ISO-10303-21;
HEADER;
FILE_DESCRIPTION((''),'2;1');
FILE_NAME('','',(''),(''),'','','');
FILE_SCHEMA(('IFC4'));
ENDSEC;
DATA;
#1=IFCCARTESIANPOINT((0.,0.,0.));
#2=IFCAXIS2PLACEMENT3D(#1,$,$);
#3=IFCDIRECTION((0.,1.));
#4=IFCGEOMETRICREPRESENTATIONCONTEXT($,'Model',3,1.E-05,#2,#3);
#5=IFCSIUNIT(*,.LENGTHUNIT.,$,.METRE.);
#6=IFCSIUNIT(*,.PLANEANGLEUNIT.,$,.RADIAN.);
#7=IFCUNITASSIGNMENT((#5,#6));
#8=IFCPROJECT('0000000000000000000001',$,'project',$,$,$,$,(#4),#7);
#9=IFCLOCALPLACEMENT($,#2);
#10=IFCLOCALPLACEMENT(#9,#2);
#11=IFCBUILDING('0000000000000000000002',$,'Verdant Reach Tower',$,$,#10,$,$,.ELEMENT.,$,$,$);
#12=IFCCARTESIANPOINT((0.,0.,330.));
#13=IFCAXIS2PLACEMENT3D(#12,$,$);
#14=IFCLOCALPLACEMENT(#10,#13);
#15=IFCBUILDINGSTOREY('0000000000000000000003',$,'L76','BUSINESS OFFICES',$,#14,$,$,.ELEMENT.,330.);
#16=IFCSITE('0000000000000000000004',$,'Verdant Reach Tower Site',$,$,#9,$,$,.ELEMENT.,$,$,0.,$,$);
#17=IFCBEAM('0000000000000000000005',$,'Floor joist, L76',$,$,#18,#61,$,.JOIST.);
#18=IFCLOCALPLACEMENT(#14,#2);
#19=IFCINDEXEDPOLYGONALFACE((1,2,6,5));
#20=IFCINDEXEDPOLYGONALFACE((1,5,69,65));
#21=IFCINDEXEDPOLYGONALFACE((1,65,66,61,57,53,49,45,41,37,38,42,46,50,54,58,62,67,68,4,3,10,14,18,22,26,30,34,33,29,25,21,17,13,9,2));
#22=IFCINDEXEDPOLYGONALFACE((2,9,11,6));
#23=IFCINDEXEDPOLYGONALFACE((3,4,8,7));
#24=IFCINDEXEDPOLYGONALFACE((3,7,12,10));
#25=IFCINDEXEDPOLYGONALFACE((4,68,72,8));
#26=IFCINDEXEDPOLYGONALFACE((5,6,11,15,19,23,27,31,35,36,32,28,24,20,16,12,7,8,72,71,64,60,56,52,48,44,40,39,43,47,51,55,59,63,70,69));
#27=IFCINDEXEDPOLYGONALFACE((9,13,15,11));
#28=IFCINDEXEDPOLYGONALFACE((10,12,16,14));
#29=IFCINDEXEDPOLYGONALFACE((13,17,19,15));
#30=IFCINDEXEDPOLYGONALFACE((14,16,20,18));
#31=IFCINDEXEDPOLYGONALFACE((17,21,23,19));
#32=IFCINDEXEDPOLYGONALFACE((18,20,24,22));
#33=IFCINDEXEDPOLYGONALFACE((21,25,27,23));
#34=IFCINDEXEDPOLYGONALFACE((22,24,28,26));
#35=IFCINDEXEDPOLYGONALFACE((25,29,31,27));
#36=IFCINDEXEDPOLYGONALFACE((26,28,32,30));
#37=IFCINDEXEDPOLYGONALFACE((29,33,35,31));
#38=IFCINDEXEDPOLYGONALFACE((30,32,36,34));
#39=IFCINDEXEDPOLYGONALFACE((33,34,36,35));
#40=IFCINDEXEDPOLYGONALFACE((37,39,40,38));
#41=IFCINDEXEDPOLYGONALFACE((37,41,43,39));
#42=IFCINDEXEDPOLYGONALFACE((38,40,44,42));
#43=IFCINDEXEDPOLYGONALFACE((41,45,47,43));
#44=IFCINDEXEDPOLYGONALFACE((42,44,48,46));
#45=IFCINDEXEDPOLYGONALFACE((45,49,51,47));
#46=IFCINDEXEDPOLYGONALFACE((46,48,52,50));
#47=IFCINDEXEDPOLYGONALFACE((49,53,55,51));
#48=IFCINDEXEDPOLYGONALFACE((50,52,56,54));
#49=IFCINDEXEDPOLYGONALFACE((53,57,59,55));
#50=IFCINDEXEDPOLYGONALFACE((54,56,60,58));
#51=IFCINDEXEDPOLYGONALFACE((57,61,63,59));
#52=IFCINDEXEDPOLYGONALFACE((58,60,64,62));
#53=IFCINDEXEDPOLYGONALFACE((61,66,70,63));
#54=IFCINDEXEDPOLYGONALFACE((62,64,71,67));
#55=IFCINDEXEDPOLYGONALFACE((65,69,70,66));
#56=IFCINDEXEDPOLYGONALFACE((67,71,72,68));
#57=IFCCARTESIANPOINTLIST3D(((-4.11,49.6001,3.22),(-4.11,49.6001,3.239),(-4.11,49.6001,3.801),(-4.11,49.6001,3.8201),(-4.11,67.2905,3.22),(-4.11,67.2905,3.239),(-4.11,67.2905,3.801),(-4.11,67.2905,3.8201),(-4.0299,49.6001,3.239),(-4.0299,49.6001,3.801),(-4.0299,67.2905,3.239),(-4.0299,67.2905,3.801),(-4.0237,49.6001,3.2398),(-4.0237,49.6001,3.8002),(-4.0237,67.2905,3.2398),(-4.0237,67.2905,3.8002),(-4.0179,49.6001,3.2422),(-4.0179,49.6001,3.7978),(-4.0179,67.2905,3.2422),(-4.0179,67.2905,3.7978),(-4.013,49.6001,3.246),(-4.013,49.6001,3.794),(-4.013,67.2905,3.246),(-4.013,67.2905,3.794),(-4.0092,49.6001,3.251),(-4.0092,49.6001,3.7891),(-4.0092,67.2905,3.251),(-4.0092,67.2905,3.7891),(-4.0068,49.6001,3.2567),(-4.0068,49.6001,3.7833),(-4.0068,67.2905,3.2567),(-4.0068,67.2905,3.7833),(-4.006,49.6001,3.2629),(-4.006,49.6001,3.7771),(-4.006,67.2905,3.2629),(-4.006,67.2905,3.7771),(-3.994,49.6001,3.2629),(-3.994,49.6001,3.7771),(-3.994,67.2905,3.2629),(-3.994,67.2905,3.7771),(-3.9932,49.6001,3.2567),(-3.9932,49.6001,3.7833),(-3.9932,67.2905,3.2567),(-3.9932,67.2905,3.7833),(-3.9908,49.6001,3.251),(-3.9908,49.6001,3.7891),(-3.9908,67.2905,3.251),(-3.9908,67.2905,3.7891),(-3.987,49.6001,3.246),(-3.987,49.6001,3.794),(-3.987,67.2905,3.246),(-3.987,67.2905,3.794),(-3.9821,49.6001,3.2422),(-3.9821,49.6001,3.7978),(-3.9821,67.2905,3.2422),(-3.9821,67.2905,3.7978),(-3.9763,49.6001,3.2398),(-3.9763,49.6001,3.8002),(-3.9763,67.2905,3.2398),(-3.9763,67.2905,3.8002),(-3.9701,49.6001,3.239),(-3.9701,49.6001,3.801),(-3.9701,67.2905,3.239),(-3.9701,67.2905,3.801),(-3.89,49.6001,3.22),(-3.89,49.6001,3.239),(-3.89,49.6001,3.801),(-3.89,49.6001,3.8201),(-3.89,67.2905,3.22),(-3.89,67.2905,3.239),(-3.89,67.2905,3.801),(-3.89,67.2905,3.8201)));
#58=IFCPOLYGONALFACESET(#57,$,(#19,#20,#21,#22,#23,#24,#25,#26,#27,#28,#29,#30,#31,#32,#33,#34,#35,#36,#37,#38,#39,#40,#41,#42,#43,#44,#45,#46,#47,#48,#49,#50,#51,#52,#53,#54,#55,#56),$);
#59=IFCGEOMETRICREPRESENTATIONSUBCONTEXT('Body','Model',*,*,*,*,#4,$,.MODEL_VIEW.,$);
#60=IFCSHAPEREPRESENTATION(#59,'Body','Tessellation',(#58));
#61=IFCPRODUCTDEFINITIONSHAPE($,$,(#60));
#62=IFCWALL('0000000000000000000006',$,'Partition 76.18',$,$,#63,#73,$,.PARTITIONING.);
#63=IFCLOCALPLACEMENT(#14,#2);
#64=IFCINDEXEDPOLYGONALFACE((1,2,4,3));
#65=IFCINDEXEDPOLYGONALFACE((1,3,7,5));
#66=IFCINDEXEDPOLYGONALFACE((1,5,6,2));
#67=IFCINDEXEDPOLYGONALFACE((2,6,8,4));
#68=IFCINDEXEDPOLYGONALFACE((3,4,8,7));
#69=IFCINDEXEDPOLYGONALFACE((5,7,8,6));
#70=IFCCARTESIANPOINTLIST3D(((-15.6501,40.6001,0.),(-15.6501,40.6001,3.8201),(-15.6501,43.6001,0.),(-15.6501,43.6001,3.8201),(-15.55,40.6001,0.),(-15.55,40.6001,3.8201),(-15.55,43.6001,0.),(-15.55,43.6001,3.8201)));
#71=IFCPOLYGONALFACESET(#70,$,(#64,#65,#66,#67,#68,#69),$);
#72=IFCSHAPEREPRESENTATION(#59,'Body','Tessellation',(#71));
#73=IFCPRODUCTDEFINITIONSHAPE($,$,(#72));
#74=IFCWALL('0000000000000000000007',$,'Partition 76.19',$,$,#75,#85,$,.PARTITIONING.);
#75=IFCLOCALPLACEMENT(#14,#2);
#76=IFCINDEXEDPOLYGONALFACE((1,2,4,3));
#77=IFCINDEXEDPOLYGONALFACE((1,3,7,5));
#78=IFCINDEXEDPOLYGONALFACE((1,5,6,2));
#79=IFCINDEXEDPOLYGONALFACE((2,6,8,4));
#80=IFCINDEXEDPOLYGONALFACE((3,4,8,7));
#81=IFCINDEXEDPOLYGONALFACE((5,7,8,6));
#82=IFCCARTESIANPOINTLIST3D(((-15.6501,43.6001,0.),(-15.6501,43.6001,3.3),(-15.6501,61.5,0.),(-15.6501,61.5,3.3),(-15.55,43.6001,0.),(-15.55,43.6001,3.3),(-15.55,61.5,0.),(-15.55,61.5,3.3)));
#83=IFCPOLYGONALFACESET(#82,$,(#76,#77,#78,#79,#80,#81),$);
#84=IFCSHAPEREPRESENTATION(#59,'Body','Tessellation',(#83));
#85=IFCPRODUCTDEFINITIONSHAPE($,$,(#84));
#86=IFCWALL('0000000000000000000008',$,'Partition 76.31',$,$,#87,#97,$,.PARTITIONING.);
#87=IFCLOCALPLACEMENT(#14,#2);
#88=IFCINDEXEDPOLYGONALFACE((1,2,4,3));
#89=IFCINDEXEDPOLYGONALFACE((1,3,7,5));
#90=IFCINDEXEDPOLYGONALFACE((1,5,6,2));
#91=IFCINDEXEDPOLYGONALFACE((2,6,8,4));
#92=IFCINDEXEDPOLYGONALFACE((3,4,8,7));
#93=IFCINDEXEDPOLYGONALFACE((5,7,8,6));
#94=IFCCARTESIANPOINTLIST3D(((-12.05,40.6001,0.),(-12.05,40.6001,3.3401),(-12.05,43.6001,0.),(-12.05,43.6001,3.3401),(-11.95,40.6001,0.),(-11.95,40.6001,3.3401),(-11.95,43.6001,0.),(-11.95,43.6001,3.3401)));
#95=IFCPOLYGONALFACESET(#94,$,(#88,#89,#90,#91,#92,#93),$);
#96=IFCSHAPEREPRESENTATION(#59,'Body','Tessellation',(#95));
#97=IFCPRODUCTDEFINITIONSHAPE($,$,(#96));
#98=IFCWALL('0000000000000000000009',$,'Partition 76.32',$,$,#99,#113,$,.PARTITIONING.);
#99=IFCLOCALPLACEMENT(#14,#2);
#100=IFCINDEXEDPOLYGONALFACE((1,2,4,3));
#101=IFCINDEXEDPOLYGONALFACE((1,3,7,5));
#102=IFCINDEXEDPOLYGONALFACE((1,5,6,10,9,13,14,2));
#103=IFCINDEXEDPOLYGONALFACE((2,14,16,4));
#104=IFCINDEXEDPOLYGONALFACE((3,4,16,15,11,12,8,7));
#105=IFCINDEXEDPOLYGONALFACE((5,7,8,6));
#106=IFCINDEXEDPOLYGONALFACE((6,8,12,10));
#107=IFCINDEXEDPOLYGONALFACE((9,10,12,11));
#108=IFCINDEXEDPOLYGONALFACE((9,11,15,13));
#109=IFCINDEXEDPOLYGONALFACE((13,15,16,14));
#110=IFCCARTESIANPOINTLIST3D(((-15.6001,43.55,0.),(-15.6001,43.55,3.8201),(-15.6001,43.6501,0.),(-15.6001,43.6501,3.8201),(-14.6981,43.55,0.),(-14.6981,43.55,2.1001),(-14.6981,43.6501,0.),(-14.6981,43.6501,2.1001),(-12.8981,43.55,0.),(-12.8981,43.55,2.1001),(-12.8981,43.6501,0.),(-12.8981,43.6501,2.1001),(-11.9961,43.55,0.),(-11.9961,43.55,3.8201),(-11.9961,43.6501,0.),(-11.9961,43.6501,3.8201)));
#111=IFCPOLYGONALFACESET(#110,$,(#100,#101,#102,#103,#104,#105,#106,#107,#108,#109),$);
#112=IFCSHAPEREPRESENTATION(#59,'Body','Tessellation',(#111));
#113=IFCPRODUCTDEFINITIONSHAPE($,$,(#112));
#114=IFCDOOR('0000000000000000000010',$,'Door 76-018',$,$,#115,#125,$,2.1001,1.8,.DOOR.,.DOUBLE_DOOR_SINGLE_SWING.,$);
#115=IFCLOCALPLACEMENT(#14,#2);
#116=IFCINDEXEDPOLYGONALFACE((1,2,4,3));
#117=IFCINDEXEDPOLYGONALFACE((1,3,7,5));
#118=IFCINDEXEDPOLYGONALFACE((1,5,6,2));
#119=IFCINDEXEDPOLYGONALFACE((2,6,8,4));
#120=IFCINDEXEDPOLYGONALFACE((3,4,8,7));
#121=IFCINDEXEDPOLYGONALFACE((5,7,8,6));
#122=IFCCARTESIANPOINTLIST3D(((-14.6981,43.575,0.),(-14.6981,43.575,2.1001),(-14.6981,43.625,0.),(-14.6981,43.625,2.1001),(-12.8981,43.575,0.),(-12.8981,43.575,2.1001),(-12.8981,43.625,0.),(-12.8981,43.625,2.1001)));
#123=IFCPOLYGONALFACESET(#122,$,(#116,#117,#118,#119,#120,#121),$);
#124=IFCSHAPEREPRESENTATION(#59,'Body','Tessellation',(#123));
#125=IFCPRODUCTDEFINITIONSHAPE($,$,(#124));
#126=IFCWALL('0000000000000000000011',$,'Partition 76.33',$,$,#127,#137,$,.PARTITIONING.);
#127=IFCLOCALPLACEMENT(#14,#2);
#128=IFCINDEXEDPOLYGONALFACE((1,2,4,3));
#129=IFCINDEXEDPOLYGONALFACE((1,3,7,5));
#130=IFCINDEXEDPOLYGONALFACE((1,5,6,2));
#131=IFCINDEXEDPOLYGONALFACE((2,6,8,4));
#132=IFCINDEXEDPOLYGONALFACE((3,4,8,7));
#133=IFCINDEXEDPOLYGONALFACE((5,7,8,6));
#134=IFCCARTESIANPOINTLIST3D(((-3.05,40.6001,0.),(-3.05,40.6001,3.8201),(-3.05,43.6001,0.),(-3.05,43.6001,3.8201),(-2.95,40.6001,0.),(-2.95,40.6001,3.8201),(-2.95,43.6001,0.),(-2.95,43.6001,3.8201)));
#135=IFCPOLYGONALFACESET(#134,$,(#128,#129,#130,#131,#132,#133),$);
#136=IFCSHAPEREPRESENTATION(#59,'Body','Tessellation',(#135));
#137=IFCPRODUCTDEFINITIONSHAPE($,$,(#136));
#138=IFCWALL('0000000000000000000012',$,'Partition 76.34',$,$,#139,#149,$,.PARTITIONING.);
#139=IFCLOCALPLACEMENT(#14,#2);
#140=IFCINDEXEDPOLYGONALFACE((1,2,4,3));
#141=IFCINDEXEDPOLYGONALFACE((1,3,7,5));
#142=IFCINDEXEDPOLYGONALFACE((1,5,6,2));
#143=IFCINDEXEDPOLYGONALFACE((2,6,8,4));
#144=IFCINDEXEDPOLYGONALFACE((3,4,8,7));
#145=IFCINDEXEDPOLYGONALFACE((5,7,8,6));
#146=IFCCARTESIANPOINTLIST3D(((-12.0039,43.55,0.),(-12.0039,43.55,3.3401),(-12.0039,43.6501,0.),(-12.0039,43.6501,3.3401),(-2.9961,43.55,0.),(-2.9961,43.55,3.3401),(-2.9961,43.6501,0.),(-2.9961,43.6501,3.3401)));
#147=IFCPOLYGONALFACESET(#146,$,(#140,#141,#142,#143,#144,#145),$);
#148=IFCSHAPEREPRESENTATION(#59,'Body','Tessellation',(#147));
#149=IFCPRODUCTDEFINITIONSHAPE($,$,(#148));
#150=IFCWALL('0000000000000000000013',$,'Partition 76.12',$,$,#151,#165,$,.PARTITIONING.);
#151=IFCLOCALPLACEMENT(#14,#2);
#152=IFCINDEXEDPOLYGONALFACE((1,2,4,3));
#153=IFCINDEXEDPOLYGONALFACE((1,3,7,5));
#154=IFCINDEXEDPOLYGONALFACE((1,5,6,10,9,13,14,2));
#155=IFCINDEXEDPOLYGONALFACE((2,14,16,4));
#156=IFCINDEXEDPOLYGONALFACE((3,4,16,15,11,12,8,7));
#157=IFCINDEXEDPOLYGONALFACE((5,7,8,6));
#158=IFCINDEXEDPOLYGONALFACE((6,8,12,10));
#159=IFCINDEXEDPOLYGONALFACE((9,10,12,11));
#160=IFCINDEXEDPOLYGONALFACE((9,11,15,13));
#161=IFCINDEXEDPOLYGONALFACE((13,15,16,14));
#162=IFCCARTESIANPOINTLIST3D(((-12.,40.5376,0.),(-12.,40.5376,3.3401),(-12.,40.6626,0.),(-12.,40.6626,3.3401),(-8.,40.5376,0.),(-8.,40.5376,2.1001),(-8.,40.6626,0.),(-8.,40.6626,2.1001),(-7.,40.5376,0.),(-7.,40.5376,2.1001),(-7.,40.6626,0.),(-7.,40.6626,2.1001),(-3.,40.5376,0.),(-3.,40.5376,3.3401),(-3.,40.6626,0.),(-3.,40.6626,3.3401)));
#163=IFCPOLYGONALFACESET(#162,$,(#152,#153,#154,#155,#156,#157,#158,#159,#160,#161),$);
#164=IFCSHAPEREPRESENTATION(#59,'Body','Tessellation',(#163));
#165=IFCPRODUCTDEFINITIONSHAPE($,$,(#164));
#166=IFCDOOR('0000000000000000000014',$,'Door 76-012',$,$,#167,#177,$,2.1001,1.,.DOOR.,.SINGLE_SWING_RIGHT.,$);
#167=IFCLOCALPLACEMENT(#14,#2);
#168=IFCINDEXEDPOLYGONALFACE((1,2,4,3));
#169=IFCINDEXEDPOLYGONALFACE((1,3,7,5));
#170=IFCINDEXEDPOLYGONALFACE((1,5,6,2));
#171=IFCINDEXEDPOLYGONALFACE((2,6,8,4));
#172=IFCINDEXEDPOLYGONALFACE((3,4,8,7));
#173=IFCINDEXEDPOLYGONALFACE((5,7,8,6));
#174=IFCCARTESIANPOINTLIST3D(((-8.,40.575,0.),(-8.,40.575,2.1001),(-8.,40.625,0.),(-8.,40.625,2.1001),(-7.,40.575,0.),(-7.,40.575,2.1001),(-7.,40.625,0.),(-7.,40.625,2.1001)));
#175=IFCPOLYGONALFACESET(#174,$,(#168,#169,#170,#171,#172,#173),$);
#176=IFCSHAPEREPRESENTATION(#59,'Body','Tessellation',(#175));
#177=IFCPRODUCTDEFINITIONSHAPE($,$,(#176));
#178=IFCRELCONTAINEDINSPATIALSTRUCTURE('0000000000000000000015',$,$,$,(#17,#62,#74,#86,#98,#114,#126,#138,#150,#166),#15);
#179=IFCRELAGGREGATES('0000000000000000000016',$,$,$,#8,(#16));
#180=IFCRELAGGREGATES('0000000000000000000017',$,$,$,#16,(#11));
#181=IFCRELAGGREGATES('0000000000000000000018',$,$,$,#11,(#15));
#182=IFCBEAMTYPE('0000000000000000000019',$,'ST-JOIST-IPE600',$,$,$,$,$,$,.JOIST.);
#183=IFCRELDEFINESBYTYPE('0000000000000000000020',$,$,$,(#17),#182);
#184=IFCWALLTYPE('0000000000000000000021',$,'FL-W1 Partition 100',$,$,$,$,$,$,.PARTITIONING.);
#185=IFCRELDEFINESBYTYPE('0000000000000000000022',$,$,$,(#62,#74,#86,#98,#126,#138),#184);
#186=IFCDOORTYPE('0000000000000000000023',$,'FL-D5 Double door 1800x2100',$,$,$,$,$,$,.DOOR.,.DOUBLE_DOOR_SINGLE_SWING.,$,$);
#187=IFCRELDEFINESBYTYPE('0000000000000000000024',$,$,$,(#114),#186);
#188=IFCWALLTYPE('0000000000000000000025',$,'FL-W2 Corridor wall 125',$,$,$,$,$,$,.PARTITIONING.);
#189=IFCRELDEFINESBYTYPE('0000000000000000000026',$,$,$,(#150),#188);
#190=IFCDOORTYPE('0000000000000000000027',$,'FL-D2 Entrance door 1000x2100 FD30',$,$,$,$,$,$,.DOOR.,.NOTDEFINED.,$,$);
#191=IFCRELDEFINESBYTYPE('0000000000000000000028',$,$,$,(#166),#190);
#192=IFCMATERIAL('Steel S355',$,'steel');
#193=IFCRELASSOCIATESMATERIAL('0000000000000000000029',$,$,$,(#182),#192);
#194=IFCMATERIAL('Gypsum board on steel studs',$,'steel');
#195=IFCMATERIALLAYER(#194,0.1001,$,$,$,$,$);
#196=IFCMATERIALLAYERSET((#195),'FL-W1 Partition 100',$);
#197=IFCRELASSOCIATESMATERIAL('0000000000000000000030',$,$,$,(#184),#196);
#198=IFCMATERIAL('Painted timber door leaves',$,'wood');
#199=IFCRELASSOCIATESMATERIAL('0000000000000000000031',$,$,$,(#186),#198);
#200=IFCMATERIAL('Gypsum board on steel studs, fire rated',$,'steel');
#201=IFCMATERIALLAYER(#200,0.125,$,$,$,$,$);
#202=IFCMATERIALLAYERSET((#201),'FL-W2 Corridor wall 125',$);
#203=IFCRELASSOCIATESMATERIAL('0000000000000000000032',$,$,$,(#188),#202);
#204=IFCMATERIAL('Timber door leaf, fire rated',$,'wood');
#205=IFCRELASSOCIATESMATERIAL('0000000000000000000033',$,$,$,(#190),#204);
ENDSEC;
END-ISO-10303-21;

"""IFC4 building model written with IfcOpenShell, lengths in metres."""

from ifc_helpers import new_model, si_unit, direction, frame, frame_2d, origin, origin_2d, place, context, subcontext, project, spatial, rectangle, i_section, extrude, material, layer, layer_set, material_profile, profile_set, type_object, element, fill, save


model = new_model("IFC4")

# Units and contexts
model_context = context("Model", 3, precision=1e-05, world=origin(), true_north=direction((0.0, 1.0)))
body_context = subcontext(model_context, "Body", "Model", "MODEL_VIEW")
ifc_project = project(units=[si_unit("LENGTHUNIT", "METRE"), si_unit("PLANEANGLEUNIT", "RADIAN")], contexts=[model_context])

# Site, building, storey
site_placement = place(None, origin())
site = spatial("IfcSite", under=ifc_project, at=site_placement, Name="Verdant Reach Tower Site", CompositionType="ELEMENT", RefElevation=0.0)
building_placement = place(site_placement, origin())
building = spatial("IfcBuilding", under=site, at=building_placement, Name="Verdant Reach Tower", CompositionType="ELEMENT")
storey_placement = place(building_placement, frame((0.0, 0.0, 330.0)))
storey = spatial("IfcBuildingStorey", under=building, at=storey_placement, Name="L76", Description="BUSINESS OFFICES", CompositionType="ELEMENT", Elevation=330.0)

# Beam
ifc_material_1 = material(Name="Steel S355", Category="steel")
ifc_material_profile_1 = material_profile(ifc_material_1, i_section(OverallWidth=0.22, OverallDepth=0.6001, WebThickness=0.012, FlangeThickness=0.019, FilletRadius=0.0239, at=origin_2d()), Name="IPE 600")
ifc_profile_set_1 = profile_set([ifc_material_profile_1], Name="Steel S355")
beam_type_1 = type_object("IfcBeamType", Name="ST-JOIST-IPE600", PredefinedType="JOIST", material=ifc_profile_set_1)
beam_1_placement = place(storey_placement, frame((-4.0, 49.6001, 3.52), z_axis=(0.0, 1.0, 0.0), x_axis=(-1.0, 0.0, 0.0)))
element("IfcBeam", 1, at=beam_1_placement, inside=storey, type_object=beam_type_1, Name="Floor joist, L76", PredefinedType="JOIST", context=body_context, shape_type="SweptSolid", body=[
    extrude(i_section(OverallWidth=0.22, OverallDepth=0.6001, WebThickness=0.012, FlangeThickness=0.019, FilletRadius=0.0239, at=origin_2d()), origin(), (0.0, 0.0, 1.0), 17.6904),
])

# Walls
ifc_material_2 = material(Name="Gypsum board on steel studs", Category="steel")
ifc_layer_1 = layer(ifc_material_2, 0.1001)
ifc_layer_set_1 = layer_set([ifc_layer_1], Name="FL-W1 Partition 100")
wall_type_1 = type_object("IfcWallType", Name="FL-W1 Partition 100", PredefinedType="PARTITIONING", material=ifc_layer_set_1)
wall_1_placement = place(storey_placement, frame((-15.6001, 40.6001, 0.0), z_axis=(0.0, 0.0, 1.0), x_axis=(0.0, 1.0, 0.0)))
element("IfcWall", 2, at=wall_1_placement, inside=storey, type_object=wall_type_1, Name="Partition 76.18", PredefinedType="PARTITIONING", context=body_context, shape_type="SweptSolid", body=[
    extrude(rectangle(XDim=3.0, YDim=0.1001, at=frame_2d((1.5, 0.0))), origin(), (0.0, 0.0, 1.0), 3.8201),
])
wall_2_placement = place(storey_placement, frame((-15.6001, 43.6001, 0.0), z_axis=(0.0, 0.0, 1.0), x_axis=(0.0, 1.0, 0.0)))
element("IfcWall", 3, at=wall_2_placement, inside=storey, type_object=wall_type_1, Name="Partition 76.19", PredefinedType="PARTITIONING", context=body_context, shape_type="SweptSolid", body=[
    extrude(rectangle(XDim=17.8999, YDim=0.1001, at=frame_2d((8.95, 0.0))), origin(), (0.0, 0.0, 1.0), 3.3),
])
wall_3_placement = place(storey_placement, frame((-12.0, 40.6001, 0.0), z_axis=(0.0, 0.0, 1.0), x_axis=(0.0, 1.0, 0.0)))
element("IfcWall", 4, at=wall_3_placement, inside=storey, type_object=wall_type_1, Name="Partition 76.31", PredefinedType="PARTITIONING", context=body_context, shape_type="SweptSolid", body=[
    extrude(rectangle(XDim=3.0, YDim=0.1001, at=frame_2d((1.5, 0.0))), origin(), (0.0, 0.0, 1.0), 3.3401),
])

# Wall, opening, door
wall_4_placement = place(storey_placement, frame((-15.6001, 43.6001, 0.0), z_axis=(0.0, 0.0, 1.0), x_axis=(1.0, 0.0, 0.0)))
wall_4 = element("IfcWall", 5, at=wall_4_placement, inside=storey, type_object=wall_type_1, Name="Partition 76.32", PredefinedType="PARTITIONING", context=body_context, shape_type="SweptSolid", body=[
    extrude(rectangle(XDim=3.604, YDim=0.1001, at=frame_2d((1.802, 0.0))), origin(), (0.0, 0.0, 1.0), 3.8201),
])
opening_1_placement = place(wall_4_placement, frame((0.9021, 0.0, 0.0)))
opening_1 = element("IfcOpeningElement", 6, at=opening_1_placement, cuts=wall_4, PredefinedType="OPENING", context=body_context, shape_type="SweptSolid", body=[
    extrude(rectangle(XDim=1.8, YDim=2.1001, at=frame_2d((0.8999, 1.05))), frame((0.0, 0.0601, 0.0), z_axis=(0.0, -1.0, 0.0), x_axis=(1.0, 0.0, 0.0)), (0.0, 0.0, 1.0), 0.1201),
])
ifc_material_3 = material(Name="Painted timber door leaves", Category="wood")
door_type_1 = type_object("IfcDoorType", Name="FL-D5 Double door 1800x2100", OperationType="DOUBLE_DOOR_SINGLE_SWING", PredefinedType="DOOR", material=ifc_material_3)
door_1_placement = place(opening_1_placement, origin())
door_1 = element("IfcDoor", 7, at=door_1_placement, inside=storey, type_object=door_type_1, Name="Door 76-018", OperationType="DOUBLE_DOOR_SINGLE_SWING", OverallHeight=2.1001, OverallWidth=1.8, PredefinedType="DOOR", context=body_context, shape_type="SweptSolid", body=[
    extrude(rectangle(XDim=1.8, YDim=2.1001, at=frame_2d((0.8999, 1.05))), frame((0.0, 0.0249, 0.0), z_axis=(0.0, -1.0, 0.0), x_axis=(1.0, 0.0, 0.0)), (0.0, 0.0, 1.0), 0.05),
])
fill(opening_1, door_1)

# Walls
wall_5_placement = place(storey_placement, frame((-3.0, 40.6001, 0.0), z_axis=(0.0, 0.0, 1.0), x_axis=(0.0, 1.0, 0.0)))
element("IfcWall", 8, at=wall_5_placement, inside=storey, type_object=wall_type_1, Name="Partition 76.33", PredefinedType="PARTITIONING", context=body_context, shape_type="SweptSolid", body=[
    extrude(rectangle(XDim=3.0, YDim=0.1001, at=frame_2d((1.5, 0.0))), origin(), (0.0, 0.0, 1.0), 3.8201),
])
wall_6_placement = place(storey_placement, frame((-2.9961, 43.6001, 0.0), z_axis=(0.0, 0.0, 1.0), x_axis=(-1.0, 0.0, 0.0)))
element("IfcWall", 9, at=wall_6_placement, inside=storey, type_object=wall_type_1, Name="Partition 76.34", PredefinedType="PARTITIONING", context=body_context, shape_type="SweptSolid", body=[
    extrude(rectangle(XDim=9.0078, YDim=0.1001, at=frame_2d((4.5039, 0.0))), origin(), (0.0, 0.0, 1.0), 3.3401),
])

# Wall, opening, door
ifc_material_4 = material(Name="Gypsum board on steel studs, fire rated", Category="steel")
ifc_layer_2 = layer(ifc_material_4, 0.125)
ifc_layer_set_2 = layer_set([ifc_layer_2], Name="FL-W2 Corridor wall 125")
wall_type_2 = type_object("IfcWallType", Name="FL-W2 Corridor wall 125", PredefinedType="PARTITIONING", material=ifc_layer_set_2)
wall_7_placement = place(storey_placement, frame((-12.0, 40.6001, 0.0), z_axis=(0.0, 0.0, 1.0), x_axis=(1.0, 0.0, 0.0)))
wall_7 = element("IfcWall", 10, at=wall_7_placement, inside=storey, type_object=wall_type_2, Name="Partition 76.12", PredefinedType="PARTITIONING", context=body_context, shape_type="SweptSolid", body=[
    extrude(rectangle(XDim=9.0, YDim=0.125, at=frame_2d((4.5, 0.0))), origin(), (0.0, 0.0, 1.0), 3.3401),
])
opening_2_placement = place(wall_7_placement, frame((4.0, 0.0, 0.0)))
opening_2 = element("IfcOpeningElement", 11, at=opening_2_placement, cuts=wall_7, PredefinedType="OPENING", context=body_context, shape_type="SweptSolid", body=[
    extrude(rectangle(XDim=1.0, YDim=2.1001, at=frame_2d((0.5, 1.05))), frame((0.0, 0.0725, 0.0), z_axis=(0.0, -1.0, 0.0), x_axis=(1.0, 0.0, 0.0)), (0.0, 0.0, 1.0), 0.145),
])
ifc_material_5 = material(Name="Timber door leaf, fire rated", Category="wood")
door_type_2 = type_object("IfcDoorType", Name="FL-D2 Entrance door 1000x2100 FD30", OperationType="NOTDEFINED", PredefinedType="DOOR", material=ifc_material_5)
door_2_placement = place(opening_2_placement, origin())
door_2 = element("IfcDoor", 12, at=door_2_placement, inside=storey, type_object=door_type_2, Name="Door 76-012", OperationType="SINGLE_SWING_RIGHT", OverallHeight=2.1001, OverallWidth=1.0, PredefinedType="DOOR", context=body_context, shape_type="SweptSolid", body=[
    extrude(rectangle(XDim=1.0, YDim=2.1001, at=frame_2d((0.5, 1.05))), frame((0.0, 0.0249, 0.0), z_axis=(0.0, -1.0, 0.0), x_axis=(1.0, 0.0, 0.0)), (0.0, 0.0, 1.0), 0.05),
])
fill(opening_2, door_2)

save(model, "model.ifc")
